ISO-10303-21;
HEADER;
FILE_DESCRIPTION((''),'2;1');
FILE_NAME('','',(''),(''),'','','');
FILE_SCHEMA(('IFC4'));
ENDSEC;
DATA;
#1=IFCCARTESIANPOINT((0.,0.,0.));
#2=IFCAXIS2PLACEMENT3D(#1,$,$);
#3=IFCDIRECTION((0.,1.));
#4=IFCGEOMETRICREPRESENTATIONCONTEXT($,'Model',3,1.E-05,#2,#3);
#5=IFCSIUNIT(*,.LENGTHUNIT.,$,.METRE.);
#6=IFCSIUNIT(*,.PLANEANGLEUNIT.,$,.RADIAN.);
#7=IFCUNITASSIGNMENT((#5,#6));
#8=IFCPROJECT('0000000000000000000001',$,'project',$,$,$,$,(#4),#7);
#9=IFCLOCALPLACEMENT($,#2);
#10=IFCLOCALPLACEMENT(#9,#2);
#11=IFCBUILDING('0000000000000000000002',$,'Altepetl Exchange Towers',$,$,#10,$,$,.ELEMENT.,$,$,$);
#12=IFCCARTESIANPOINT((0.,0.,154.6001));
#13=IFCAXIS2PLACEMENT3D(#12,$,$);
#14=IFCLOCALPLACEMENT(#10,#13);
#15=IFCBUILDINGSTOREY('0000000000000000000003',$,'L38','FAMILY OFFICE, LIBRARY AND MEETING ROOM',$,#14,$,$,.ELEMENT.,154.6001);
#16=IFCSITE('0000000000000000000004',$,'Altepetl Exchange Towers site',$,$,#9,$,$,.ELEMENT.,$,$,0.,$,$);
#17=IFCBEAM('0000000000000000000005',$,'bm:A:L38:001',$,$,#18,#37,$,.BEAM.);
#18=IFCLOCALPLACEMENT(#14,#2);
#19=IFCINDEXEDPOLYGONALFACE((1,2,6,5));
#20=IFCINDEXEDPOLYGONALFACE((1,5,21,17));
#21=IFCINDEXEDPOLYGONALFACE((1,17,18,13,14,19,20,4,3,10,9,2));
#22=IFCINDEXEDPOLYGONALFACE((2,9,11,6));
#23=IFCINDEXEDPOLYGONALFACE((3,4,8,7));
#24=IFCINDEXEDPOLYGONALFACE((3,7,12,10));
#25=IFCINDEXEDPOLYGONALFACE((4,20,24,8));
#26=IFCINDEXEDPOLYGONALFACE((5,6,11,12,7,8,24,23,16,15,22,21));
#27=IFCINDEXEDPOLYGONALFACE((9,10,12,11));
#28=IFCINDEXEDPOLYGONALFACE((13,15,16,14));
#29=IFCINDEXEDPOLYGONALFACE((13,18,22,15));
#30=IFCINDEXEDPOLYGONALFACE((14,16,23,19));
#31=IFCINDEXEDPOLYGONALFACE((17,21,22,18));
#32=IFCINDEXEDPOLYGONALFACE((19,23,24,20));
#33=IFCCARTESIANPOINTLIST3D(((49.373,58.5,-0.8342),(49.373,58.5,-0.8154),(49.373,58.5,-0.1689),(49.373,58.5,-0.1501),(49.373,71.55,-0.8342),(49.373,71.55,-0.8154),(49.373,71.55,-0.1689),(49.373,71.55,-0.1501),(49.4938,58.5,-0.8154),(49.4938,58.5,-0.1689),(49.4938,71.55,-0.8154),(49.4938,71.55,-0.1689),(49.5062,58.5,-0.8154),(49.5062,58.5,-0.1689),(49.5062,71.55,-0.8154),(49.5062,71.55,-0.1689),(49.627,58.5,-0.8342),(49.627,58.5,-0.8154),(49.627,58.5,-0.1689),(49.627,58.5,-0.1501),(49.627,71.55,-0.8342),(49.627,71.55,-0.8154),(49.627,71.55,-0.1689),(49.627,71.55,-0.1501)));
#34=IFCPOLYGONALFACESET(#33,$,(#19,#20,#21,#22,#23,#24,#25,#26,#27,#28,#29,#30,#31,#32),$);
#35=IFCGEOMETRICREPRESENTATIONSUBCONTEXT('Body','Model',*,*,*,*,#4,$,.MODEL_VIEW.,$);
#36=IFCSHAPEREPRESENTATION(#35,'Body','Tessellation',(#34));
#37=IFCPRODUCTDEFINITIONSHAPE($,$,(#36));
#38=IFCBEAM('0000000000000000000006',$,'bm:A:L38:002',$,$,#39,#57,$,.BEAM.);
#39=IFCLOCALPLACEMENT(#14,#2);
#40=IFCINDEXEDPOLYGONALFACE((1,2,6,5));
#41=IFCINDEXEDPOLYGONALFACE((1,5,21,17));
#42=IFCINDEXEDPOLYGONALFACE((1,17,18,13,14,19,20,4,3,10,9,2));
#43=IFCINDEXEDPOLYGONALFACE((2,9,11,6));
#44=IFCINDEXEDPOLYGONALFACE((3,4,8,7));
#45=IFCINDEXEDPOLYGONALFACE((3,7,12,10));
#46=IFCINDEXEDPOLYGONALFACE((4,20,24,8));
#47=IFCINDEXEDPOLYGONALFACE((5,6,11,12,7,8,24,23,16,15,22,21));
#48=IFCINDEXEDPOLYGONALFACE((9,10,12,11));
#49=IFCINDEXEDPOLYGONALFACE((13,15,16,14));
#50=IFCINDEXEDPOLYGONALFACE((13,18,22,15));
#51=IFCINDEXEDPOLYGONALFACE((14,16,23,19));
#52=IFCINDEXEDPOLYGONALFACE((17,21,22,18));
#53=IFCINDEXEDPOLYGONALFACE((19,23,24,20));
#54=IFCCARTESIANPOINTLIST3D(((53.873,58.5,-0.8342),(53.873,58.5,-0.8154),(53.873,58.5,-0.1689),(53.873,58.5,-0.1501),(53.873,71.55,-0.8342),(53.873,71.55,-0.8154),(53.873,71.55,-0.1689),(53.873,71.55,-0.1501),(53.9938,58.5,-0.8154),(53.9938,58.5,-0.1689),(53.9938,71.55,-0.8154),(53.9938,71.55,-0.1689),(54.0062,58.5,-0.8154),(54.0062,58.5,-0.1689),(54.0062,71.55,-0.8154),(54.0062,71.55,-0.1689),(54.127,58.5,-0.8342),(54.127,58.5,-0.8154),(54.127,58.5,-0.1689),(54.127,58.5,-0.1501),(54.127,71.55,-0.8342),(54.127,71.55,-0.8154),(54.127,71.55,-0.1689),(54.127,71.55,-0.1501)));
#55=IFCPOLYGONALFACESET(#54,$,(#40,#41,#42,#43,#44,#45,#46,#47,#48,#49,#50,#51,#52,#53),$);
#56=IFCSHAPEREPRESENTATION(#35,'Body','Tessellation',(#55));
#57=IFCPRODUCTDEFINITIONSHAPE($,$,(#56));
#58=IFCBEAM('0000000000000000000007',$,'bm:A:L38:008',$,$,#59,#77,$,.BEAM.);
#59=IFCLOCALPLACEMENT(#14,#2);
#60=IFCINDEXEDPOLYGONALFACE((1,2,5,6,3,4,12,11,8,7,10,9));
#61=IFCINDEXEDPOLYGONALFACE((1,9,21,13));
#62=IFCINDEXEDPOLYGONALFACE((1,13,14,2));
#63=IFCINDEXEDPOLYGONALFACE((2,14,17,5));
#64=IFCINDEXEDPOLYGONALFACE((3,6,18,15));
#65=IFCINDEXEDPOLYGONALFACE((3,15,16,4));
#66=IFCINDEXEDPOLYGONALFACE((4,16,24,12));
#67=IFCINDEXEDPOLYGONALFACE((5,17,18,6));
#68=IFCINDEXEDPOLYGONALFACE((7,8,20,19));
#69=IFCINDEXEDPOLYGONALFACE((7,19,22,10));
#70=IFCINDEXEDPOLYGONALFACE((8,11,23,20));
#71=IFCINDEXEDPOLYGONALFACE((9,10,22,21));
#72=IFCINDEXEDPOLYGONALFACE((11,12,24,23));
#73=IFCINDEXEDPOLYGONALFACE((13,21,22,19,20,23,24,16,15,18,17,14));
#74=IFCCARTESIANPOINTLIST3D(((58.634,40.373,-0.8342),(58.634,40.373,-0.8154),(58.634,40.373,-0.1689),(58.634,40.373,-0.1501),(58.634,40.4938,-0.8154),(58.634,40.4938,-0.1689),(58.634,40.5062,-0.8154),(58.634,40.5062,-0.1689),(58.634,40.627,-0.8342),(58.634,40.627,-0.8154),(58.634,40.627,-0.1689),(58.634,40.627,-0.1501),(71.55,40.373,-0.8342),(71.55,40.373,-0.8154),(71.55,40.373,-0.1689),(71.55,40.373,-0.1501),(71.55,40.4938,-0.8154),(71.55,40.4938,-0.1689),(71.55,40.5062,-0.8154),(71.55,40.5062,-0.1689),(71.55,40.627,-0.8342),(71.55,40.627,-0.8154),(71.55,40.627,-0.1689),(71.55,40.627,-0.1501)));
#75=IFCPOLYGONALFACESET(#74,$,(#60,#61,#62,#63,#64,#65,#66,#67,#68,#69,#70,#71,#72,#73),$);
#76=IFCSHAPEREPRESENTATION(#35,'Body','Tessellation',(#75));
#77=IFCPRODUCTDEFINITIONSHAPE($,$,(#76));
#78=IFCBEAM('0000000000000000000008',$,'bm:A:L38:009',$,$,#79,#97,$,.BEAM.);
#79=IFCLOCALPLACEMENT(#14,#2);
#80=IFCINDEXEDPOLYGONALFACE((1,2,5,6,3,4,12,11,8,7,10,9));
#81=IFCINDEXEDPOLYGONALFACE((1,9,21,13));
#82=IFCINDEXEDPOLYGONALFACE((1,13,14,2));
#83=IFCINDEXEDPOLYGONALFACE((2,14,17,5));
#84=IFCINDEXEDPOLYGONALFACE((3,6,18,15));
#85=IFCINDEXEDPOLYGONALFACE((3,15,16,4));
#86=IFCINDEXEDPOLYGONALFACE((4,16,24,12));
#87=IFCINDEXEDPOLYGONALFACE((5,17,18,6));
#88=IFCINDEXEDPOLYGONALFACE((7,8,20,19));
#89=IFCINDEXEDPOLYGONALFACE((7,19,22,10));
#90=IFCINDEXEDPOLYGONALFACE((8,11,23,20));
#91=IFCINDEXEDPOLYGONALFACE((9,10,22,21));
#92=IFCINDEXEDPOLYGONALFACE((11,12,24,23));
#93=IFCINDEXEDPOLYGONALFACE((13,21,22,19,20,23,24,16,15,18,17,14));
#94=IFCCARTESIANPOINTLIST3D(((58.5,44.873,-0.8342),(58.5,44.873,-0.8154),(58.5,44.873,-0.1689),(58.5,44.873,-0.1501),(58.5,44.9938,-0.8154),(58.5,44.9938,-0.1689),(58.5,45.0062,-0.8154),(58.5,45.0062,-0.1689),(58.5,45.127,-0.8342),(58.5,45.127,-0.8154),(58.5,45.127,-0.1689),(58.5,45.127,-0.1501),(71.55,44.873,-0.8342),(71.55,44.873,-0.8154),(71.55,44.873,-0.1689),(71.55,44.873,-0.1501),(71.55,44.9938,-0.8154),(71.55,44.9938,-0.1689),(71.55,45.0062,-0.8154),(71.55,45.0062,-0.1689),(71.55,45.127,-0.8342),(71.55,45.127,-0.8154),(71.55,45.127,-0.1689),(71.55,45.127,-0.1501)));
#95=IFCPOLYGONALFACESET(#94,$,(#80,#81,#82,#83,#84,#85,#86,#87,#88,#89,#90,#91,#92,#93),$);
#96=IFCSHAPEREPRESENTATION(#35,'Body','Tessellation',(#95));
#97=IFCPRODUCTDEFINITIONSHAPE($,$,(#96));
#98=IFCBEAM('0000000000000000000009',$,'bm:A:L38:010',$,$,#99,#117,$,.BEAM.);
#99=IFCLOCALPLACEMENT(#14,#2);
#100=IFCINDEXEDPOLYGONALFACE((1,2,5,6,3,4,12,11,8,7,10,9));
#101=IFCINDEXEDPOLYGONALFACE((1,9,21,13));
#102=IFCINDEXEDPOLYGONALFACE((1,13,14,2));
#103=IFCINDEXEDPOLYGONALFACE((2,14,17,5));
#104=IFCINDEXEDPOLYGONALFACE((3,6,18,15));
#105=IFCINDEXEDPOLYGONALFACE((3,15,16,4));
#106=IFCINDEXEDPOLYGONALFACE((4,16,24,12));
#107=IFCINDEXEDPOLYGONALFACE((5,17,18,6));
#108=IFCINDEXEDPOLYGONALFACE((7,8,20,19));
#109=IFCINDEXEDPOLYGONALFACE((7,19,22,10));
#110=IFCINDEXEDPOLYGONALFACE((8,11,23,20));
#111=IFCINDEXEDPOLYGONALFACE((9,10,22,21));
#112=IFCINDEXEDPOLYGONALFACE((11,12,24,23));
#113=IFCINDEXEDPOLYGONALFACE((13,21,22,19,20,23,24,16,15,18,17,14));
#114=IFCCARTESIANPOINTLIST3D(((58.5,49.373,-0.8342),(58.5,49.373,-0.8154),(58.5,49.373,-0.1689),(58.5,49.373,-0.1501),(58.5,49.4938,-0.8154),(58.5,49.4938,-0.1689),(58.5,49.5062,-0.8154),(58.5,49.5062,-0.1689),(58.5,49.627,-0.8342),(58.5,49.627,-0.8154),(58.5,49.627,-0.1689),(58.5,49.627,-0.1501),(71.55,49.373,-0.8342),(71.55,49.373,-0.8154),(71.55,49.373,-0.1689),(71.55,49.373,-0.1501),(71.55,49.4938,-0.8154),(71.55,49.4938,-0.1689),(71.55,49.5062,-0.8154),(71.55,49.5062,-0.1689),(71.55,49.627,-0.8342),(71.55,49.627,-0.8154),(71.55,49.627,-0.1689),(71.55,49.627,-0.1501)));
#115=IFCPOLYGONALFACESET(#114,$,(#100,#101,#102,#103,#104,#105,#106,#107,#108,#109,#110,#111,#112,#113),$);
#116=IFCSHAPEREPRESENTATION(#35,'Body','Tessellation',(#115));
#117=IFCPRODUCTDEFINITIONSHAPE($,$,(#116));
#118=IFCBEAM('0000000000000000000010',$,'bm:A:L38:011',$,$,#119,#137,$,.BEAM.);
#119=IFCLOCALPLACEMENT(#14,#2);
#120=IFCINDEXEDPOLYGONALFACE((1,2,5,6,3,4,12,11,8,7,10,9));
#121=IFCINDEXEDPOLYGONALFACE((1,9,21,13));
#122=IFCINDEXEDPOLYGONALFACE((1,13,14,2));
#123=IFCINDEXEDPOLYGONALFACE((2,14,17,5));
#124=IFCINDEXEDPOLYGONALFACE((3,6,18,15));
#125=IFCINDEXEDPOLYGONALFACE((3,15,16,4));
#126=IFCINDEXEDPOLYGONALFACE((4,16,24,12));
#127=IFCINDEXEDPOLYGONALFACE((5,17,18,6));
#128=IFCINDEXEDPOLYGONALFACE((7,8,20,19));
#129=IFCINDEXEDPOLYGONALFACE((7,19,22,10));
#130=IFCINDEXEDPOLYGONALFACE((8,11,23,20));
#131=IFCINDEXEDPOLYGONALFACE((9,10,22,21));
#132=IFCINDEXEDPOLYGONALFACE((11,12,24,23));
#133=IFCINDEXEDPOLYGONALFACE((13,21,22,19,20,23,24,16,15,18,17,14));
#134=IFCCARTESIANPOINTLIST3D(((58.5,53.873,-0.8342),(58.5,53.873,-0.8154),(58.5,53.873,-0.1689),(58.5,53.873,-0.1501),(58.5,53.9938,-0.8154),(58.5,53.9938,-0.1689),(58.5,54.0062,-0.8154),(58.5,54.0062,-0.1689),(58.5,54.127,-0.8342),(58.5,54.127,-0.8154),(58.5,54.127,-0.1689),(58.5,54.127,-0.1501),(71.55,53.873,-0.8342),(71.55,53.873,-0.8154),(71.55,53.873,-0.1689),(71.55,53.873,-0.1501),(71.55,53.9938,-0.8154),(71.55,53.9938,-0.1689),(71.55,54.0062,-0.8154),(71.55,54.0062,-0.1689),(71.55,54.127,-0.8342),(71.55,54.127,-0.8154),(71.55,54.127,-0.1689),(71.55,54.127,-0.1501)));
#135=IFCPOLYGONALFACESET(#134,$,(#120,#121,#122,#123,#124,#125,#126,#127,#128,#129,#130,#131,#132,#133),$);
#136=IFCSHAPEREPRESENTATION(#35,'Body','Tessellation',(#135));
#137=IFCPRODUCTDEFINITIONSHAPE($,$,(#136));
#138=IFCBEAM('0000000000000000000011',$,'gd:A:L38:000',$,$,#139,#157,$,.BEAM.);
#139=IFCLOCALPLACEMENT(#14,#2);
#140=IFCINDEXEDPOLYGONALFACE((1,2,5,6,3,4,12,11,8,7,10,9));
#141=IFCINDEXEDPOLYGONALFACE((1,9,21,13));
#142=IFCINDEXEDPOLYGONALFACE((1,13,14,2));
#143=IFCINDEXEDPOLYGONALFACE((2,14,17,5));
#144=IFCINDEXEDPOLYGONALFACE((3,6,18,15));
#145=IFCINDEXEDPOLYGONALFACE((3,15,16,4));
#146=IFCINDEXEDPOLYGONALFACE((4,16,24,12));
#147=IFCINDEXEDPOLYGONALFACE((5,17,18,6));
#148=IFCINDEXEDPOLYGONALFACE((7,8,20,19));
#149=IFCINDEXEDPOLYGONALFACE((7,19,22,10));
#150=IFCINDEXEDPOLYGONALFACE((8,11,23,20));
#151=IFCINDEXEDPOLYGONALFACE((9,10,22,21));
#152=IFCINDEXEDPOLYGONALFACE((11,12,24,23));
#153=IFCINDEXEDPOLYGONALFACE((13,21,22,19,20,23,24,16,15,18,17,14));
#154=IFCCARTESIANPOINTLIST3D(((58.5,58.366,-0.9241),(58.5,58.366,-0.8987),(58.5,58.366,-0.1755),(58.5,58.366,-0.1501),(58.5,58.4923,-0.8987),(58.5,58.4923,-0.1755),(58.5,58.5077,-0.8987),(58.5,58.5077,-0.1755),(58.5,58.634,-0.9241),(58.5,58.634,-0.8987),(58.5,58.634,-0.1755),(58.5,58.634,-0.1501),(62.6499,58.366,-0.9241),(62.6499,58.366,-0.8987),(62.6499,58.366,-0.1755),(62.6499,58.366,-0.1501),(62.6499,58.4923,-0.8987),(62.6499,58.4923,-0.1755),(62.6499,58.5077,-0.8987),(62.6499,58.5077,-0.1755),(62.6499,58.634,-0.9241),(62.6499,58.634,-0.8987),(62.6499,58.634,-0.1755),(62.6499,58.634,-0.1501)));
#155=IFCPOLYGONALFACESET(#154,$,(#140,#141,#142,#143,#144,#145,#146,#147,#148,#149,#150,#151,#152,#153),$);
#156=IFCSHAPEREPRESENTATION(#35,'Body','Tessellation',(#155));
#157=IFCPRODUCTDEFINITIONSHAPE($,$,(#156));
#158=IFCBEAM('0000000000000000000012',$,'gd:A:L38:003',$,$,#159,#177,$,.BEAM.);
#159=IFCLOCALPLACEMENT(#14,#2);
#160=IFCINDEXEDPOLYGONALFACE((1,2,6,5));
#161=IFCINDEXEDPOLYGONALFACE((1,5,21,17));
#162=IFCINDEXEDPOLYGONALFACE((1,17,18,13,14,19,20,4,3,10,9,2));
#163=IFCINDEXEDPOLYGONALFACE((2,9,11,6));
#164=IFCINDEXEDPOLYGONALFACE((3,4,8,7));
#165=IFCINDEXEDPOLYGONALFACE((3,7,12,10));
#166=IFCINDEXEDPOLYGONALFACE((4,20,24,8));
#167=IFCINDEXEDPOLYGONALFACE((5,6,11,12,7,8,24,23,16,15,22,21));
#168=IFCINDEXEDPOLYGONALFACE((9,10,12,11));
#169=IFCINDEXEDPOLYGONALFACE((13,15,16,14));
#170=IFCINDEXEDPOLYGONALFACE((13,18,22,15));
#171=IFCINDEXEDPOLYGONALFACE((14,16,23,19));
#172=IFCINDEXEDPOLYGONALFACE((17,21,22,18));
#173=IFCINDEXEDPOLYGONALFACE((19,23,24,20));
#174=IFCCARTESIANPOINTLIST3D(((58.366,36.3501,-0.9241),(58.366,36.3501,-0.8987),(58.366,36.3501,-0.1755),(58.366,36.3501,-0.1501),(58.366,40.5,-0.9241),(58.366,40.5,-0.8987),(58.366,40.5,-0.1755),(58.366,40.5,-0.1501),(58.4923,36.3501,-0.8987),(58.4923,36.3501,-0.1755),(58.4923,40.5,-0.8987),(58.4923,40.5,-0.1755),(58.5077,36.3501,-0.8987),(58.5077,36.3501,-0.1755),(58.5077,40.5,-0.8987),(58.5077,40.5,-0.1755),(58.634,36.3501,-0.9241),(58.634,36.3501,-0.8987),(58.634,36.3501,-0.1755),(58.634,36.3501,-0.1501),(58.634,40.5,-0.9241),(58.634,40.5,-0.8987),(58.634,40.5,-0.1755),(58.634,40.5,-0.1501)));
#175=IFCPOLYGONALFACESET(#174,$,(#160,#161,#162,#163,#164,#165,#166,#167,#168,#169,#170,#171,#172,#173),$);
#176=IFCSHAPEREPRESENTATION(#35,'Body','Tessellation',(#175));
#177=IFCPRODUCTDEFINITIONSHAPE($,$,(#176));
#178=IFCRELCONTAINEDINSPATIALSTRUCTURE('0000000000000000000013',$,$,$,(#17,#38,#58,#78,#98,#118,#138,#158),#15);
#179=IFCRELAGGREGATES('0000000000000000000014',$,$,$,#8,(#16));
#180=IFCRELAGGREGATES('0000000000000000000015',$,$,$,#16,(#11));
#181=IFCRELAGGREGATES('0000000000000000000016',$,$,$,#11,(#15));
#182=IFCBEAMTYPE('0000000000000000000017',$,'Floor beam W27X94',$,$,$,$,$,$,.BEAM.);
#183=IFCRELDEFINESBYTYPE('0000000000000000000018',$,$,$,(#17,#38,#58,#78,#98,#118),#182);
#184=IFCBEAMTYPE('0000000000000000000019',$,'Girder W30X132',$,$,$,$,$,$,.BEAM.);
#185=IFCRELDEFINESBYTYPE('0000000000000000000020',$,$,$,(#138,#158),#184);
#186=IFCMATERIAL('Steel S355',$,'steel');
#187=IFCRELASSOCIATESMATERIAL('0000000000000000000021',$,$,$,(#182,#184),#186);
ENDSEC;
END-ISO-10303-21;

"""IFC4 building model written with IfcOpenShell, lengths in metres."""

from ifc_helpers import new_model, si_unit, direction, frame, origin, origin_2d, place, context, subcontext, project, spatial, i_section, extrude, material, material_profile, profile_set, type_object, element, save


model = new_model("IFC4")

# Units and contexts
model_context = context("Model", 3, precision=1e-05, world=origin(), true_north=direction((0.0, 1.0)))
body_context = subcontext(model_context, "Body", "Model", "MODEL_VIEW")
ifc_project = project(units=[si_unit("LENGTHUNIT", "METRE"), si_unit("PLANEANGLEUNIT", "RADIAN")], contexts=[model_context])

# Site, building, storey
site_placement = place(None, origin())
site = spatial("IfcSite", under=ifc_project, at=site_placement, Name="Altepetl Exchange Towers site", CompositionType="ELEMENT", RefElevation=0.0)
building_placement = place(site_placement, origin())
building = spatial("IfcBuilding", under=site, at=building_placement, Name="Altepetl Exchange Towers", CompositionType="ELEMENT")
storey_placement = place(building_placement, frame((0.0, 0.0, 154.6001)))
storey = spatial("IfcBuildingStorey", under=building, at=storey_placement, Name="L38", Description="FAMILY OFFICE, LIBRARY AND MEETING ROOM", CompositionType="ELEMENT", Elevation=154.6001)

# Beams
ifc_material_1 = material(Name="Steel S355", Category="steel")
ifc_material_profile_1 = material_profile(ifc_material_1, i_section(OverallWidth=0.2539, OverallDepth=0.6841, WebThickness=0.0125, FlangeThickness=0.0188, at=origin_2d()), Name="W27X94")
ifc_profile_set_1 = profile_set([ifc_material_profile_1], Name="Steel S355")
beam_type_1 = type_object("IfcBeamType", Name="Floor beam W27X94", PredefinedType="BEAM", material=ifc_profile_set_1)
for number, where, z_axis, x_axis, name in (
    (1, (49.5, 58.5, -0.4922), (0.0, 1.0, 0.0), (-1.0, 0.0, 0.0), "bm:A:L38:001"),
    (2, (54.0, 58.5, -0.4922), (0.0, 1.0, 0.0), (-1.0, 0.0, 0.0), "bm:A:L38:002"),
):
    element("IfcBeam", number, at=place(storey_placement, frame(where, z_axis=z_axis, x_axis=x_axis)), inside=storey, type_object=beam_type_1, Name=name, PredefinedType="BEAM", context=body_context, shape_type="SweptSolid", body=[
        extrude(i_section(OverallWidth=0.2539, OverallDepth=0.6841, WebThickness=0.0125, FlangeThickness=0.0188, at=origin_2d()), origin(), (0.0, 0.0, 1.0), 13.05),
    ])
beam_placement = place(storey_placement, frame((58.634, 40.5, -0.4922), z_axis=(1.0, 0.0, 0.0), x_axis=(0.0, 1.0, 0.0)))
element("IfcBeam", 3, at=beam_placement, inside=storey, type_object=beam_type_1, Name="bm:A:L38:008", PredefinedType="BEAM", context=body_context, shape_type="SweptSolid", body=[
    extrude(i_section(OverallWidth=0.2539, OverallDepth=0.6841, WebThickness=0.0125, FlangeThickness=0.0188, at=origin_2d()), origin(), (0.0, 0.0, 1.0), 12.916),
])
for number, where, z_axis, x_axis, name in (
    (4, (58.5, 45.0, -0.4922), (1.0, 0.0, 0.0), (0.0, 1.0, 0.0), "bm:A:L38:009"),
    (5, (58.5, 49.5, -0.4922), (1.0, 0.0, 0.0), (0.0, 1.0, 0.0), "bm:A:L38:010"),
    (6, (58.5, 54.0, -0.4922), (1.0, 0.0, 0.0), (0.0, 1.0, 0.0), "bm:A:L38:011"),
):
    element("IfcBeam", number, at=place(storey_placement, frame(where, z_axis=z_axis, x_axis=x_axis)), inside=storey, type_object=beam_type_1, Name=name, PredefinedType="BEAM", context=body_context, shape_type="SweptSolid", body=[
        extrude(i_section(OverallWidth=0.2539, OverallDepth=0.6841, WebThickness=0.0125, FlangeThickness=0.0188, at=origin_2d()), origin(), (0.0, 0.0, 1.0), 13.05),
    ])
ifc_material_profile_2 = material_profile(ifc_material_1, i_section(OverallWidth=0.2681, OverallDepth=0.7739, WebThickness=0.0154, FlangeThickness=0.0254, at=origin_2d()), Name="W30X132")
ifc_profile_set_2 = profile_set([ifc_material_profile_2], Name="Steel S355")
beam_type_2 = type_object("IfcBeamType", Name="Girder W30X132", PredefinedType="BEAM", material=ifc_profile_set_2)
for number, where, z_axis, x_axis, name in (
    (7, (58.5, 58.5, -0.5371), (1.0, 0.0, 0.0), (0.0, 1.0, 0.0), "gd:A:L38:000"),
    (8, (58.5, 40.5, -0.5371), (0.0, -1.0, 0.0), (1.0, 0.0, 0.0), "gd:A:L38:003"),
):
    element("IfcBeam", number, at=place(storey_placement, frame(where, z_axis=z_axis, x_axis=x_axis)), inside=storey, type_object=beam_type_2, Name=name, PredefinedType="BEAM", context=body_context, shape_type="SweptSolid", body=[
        extrude(i_section(OverallWidth=0.2681, OverallDepth=0.7739, WebThickness=0.0154, FlangeThickness=0.0254, at=origin_2d()), origin(), (0.0, 0.0, 1.0), 4.1499),
    ])

save(model, "model.ifc")
